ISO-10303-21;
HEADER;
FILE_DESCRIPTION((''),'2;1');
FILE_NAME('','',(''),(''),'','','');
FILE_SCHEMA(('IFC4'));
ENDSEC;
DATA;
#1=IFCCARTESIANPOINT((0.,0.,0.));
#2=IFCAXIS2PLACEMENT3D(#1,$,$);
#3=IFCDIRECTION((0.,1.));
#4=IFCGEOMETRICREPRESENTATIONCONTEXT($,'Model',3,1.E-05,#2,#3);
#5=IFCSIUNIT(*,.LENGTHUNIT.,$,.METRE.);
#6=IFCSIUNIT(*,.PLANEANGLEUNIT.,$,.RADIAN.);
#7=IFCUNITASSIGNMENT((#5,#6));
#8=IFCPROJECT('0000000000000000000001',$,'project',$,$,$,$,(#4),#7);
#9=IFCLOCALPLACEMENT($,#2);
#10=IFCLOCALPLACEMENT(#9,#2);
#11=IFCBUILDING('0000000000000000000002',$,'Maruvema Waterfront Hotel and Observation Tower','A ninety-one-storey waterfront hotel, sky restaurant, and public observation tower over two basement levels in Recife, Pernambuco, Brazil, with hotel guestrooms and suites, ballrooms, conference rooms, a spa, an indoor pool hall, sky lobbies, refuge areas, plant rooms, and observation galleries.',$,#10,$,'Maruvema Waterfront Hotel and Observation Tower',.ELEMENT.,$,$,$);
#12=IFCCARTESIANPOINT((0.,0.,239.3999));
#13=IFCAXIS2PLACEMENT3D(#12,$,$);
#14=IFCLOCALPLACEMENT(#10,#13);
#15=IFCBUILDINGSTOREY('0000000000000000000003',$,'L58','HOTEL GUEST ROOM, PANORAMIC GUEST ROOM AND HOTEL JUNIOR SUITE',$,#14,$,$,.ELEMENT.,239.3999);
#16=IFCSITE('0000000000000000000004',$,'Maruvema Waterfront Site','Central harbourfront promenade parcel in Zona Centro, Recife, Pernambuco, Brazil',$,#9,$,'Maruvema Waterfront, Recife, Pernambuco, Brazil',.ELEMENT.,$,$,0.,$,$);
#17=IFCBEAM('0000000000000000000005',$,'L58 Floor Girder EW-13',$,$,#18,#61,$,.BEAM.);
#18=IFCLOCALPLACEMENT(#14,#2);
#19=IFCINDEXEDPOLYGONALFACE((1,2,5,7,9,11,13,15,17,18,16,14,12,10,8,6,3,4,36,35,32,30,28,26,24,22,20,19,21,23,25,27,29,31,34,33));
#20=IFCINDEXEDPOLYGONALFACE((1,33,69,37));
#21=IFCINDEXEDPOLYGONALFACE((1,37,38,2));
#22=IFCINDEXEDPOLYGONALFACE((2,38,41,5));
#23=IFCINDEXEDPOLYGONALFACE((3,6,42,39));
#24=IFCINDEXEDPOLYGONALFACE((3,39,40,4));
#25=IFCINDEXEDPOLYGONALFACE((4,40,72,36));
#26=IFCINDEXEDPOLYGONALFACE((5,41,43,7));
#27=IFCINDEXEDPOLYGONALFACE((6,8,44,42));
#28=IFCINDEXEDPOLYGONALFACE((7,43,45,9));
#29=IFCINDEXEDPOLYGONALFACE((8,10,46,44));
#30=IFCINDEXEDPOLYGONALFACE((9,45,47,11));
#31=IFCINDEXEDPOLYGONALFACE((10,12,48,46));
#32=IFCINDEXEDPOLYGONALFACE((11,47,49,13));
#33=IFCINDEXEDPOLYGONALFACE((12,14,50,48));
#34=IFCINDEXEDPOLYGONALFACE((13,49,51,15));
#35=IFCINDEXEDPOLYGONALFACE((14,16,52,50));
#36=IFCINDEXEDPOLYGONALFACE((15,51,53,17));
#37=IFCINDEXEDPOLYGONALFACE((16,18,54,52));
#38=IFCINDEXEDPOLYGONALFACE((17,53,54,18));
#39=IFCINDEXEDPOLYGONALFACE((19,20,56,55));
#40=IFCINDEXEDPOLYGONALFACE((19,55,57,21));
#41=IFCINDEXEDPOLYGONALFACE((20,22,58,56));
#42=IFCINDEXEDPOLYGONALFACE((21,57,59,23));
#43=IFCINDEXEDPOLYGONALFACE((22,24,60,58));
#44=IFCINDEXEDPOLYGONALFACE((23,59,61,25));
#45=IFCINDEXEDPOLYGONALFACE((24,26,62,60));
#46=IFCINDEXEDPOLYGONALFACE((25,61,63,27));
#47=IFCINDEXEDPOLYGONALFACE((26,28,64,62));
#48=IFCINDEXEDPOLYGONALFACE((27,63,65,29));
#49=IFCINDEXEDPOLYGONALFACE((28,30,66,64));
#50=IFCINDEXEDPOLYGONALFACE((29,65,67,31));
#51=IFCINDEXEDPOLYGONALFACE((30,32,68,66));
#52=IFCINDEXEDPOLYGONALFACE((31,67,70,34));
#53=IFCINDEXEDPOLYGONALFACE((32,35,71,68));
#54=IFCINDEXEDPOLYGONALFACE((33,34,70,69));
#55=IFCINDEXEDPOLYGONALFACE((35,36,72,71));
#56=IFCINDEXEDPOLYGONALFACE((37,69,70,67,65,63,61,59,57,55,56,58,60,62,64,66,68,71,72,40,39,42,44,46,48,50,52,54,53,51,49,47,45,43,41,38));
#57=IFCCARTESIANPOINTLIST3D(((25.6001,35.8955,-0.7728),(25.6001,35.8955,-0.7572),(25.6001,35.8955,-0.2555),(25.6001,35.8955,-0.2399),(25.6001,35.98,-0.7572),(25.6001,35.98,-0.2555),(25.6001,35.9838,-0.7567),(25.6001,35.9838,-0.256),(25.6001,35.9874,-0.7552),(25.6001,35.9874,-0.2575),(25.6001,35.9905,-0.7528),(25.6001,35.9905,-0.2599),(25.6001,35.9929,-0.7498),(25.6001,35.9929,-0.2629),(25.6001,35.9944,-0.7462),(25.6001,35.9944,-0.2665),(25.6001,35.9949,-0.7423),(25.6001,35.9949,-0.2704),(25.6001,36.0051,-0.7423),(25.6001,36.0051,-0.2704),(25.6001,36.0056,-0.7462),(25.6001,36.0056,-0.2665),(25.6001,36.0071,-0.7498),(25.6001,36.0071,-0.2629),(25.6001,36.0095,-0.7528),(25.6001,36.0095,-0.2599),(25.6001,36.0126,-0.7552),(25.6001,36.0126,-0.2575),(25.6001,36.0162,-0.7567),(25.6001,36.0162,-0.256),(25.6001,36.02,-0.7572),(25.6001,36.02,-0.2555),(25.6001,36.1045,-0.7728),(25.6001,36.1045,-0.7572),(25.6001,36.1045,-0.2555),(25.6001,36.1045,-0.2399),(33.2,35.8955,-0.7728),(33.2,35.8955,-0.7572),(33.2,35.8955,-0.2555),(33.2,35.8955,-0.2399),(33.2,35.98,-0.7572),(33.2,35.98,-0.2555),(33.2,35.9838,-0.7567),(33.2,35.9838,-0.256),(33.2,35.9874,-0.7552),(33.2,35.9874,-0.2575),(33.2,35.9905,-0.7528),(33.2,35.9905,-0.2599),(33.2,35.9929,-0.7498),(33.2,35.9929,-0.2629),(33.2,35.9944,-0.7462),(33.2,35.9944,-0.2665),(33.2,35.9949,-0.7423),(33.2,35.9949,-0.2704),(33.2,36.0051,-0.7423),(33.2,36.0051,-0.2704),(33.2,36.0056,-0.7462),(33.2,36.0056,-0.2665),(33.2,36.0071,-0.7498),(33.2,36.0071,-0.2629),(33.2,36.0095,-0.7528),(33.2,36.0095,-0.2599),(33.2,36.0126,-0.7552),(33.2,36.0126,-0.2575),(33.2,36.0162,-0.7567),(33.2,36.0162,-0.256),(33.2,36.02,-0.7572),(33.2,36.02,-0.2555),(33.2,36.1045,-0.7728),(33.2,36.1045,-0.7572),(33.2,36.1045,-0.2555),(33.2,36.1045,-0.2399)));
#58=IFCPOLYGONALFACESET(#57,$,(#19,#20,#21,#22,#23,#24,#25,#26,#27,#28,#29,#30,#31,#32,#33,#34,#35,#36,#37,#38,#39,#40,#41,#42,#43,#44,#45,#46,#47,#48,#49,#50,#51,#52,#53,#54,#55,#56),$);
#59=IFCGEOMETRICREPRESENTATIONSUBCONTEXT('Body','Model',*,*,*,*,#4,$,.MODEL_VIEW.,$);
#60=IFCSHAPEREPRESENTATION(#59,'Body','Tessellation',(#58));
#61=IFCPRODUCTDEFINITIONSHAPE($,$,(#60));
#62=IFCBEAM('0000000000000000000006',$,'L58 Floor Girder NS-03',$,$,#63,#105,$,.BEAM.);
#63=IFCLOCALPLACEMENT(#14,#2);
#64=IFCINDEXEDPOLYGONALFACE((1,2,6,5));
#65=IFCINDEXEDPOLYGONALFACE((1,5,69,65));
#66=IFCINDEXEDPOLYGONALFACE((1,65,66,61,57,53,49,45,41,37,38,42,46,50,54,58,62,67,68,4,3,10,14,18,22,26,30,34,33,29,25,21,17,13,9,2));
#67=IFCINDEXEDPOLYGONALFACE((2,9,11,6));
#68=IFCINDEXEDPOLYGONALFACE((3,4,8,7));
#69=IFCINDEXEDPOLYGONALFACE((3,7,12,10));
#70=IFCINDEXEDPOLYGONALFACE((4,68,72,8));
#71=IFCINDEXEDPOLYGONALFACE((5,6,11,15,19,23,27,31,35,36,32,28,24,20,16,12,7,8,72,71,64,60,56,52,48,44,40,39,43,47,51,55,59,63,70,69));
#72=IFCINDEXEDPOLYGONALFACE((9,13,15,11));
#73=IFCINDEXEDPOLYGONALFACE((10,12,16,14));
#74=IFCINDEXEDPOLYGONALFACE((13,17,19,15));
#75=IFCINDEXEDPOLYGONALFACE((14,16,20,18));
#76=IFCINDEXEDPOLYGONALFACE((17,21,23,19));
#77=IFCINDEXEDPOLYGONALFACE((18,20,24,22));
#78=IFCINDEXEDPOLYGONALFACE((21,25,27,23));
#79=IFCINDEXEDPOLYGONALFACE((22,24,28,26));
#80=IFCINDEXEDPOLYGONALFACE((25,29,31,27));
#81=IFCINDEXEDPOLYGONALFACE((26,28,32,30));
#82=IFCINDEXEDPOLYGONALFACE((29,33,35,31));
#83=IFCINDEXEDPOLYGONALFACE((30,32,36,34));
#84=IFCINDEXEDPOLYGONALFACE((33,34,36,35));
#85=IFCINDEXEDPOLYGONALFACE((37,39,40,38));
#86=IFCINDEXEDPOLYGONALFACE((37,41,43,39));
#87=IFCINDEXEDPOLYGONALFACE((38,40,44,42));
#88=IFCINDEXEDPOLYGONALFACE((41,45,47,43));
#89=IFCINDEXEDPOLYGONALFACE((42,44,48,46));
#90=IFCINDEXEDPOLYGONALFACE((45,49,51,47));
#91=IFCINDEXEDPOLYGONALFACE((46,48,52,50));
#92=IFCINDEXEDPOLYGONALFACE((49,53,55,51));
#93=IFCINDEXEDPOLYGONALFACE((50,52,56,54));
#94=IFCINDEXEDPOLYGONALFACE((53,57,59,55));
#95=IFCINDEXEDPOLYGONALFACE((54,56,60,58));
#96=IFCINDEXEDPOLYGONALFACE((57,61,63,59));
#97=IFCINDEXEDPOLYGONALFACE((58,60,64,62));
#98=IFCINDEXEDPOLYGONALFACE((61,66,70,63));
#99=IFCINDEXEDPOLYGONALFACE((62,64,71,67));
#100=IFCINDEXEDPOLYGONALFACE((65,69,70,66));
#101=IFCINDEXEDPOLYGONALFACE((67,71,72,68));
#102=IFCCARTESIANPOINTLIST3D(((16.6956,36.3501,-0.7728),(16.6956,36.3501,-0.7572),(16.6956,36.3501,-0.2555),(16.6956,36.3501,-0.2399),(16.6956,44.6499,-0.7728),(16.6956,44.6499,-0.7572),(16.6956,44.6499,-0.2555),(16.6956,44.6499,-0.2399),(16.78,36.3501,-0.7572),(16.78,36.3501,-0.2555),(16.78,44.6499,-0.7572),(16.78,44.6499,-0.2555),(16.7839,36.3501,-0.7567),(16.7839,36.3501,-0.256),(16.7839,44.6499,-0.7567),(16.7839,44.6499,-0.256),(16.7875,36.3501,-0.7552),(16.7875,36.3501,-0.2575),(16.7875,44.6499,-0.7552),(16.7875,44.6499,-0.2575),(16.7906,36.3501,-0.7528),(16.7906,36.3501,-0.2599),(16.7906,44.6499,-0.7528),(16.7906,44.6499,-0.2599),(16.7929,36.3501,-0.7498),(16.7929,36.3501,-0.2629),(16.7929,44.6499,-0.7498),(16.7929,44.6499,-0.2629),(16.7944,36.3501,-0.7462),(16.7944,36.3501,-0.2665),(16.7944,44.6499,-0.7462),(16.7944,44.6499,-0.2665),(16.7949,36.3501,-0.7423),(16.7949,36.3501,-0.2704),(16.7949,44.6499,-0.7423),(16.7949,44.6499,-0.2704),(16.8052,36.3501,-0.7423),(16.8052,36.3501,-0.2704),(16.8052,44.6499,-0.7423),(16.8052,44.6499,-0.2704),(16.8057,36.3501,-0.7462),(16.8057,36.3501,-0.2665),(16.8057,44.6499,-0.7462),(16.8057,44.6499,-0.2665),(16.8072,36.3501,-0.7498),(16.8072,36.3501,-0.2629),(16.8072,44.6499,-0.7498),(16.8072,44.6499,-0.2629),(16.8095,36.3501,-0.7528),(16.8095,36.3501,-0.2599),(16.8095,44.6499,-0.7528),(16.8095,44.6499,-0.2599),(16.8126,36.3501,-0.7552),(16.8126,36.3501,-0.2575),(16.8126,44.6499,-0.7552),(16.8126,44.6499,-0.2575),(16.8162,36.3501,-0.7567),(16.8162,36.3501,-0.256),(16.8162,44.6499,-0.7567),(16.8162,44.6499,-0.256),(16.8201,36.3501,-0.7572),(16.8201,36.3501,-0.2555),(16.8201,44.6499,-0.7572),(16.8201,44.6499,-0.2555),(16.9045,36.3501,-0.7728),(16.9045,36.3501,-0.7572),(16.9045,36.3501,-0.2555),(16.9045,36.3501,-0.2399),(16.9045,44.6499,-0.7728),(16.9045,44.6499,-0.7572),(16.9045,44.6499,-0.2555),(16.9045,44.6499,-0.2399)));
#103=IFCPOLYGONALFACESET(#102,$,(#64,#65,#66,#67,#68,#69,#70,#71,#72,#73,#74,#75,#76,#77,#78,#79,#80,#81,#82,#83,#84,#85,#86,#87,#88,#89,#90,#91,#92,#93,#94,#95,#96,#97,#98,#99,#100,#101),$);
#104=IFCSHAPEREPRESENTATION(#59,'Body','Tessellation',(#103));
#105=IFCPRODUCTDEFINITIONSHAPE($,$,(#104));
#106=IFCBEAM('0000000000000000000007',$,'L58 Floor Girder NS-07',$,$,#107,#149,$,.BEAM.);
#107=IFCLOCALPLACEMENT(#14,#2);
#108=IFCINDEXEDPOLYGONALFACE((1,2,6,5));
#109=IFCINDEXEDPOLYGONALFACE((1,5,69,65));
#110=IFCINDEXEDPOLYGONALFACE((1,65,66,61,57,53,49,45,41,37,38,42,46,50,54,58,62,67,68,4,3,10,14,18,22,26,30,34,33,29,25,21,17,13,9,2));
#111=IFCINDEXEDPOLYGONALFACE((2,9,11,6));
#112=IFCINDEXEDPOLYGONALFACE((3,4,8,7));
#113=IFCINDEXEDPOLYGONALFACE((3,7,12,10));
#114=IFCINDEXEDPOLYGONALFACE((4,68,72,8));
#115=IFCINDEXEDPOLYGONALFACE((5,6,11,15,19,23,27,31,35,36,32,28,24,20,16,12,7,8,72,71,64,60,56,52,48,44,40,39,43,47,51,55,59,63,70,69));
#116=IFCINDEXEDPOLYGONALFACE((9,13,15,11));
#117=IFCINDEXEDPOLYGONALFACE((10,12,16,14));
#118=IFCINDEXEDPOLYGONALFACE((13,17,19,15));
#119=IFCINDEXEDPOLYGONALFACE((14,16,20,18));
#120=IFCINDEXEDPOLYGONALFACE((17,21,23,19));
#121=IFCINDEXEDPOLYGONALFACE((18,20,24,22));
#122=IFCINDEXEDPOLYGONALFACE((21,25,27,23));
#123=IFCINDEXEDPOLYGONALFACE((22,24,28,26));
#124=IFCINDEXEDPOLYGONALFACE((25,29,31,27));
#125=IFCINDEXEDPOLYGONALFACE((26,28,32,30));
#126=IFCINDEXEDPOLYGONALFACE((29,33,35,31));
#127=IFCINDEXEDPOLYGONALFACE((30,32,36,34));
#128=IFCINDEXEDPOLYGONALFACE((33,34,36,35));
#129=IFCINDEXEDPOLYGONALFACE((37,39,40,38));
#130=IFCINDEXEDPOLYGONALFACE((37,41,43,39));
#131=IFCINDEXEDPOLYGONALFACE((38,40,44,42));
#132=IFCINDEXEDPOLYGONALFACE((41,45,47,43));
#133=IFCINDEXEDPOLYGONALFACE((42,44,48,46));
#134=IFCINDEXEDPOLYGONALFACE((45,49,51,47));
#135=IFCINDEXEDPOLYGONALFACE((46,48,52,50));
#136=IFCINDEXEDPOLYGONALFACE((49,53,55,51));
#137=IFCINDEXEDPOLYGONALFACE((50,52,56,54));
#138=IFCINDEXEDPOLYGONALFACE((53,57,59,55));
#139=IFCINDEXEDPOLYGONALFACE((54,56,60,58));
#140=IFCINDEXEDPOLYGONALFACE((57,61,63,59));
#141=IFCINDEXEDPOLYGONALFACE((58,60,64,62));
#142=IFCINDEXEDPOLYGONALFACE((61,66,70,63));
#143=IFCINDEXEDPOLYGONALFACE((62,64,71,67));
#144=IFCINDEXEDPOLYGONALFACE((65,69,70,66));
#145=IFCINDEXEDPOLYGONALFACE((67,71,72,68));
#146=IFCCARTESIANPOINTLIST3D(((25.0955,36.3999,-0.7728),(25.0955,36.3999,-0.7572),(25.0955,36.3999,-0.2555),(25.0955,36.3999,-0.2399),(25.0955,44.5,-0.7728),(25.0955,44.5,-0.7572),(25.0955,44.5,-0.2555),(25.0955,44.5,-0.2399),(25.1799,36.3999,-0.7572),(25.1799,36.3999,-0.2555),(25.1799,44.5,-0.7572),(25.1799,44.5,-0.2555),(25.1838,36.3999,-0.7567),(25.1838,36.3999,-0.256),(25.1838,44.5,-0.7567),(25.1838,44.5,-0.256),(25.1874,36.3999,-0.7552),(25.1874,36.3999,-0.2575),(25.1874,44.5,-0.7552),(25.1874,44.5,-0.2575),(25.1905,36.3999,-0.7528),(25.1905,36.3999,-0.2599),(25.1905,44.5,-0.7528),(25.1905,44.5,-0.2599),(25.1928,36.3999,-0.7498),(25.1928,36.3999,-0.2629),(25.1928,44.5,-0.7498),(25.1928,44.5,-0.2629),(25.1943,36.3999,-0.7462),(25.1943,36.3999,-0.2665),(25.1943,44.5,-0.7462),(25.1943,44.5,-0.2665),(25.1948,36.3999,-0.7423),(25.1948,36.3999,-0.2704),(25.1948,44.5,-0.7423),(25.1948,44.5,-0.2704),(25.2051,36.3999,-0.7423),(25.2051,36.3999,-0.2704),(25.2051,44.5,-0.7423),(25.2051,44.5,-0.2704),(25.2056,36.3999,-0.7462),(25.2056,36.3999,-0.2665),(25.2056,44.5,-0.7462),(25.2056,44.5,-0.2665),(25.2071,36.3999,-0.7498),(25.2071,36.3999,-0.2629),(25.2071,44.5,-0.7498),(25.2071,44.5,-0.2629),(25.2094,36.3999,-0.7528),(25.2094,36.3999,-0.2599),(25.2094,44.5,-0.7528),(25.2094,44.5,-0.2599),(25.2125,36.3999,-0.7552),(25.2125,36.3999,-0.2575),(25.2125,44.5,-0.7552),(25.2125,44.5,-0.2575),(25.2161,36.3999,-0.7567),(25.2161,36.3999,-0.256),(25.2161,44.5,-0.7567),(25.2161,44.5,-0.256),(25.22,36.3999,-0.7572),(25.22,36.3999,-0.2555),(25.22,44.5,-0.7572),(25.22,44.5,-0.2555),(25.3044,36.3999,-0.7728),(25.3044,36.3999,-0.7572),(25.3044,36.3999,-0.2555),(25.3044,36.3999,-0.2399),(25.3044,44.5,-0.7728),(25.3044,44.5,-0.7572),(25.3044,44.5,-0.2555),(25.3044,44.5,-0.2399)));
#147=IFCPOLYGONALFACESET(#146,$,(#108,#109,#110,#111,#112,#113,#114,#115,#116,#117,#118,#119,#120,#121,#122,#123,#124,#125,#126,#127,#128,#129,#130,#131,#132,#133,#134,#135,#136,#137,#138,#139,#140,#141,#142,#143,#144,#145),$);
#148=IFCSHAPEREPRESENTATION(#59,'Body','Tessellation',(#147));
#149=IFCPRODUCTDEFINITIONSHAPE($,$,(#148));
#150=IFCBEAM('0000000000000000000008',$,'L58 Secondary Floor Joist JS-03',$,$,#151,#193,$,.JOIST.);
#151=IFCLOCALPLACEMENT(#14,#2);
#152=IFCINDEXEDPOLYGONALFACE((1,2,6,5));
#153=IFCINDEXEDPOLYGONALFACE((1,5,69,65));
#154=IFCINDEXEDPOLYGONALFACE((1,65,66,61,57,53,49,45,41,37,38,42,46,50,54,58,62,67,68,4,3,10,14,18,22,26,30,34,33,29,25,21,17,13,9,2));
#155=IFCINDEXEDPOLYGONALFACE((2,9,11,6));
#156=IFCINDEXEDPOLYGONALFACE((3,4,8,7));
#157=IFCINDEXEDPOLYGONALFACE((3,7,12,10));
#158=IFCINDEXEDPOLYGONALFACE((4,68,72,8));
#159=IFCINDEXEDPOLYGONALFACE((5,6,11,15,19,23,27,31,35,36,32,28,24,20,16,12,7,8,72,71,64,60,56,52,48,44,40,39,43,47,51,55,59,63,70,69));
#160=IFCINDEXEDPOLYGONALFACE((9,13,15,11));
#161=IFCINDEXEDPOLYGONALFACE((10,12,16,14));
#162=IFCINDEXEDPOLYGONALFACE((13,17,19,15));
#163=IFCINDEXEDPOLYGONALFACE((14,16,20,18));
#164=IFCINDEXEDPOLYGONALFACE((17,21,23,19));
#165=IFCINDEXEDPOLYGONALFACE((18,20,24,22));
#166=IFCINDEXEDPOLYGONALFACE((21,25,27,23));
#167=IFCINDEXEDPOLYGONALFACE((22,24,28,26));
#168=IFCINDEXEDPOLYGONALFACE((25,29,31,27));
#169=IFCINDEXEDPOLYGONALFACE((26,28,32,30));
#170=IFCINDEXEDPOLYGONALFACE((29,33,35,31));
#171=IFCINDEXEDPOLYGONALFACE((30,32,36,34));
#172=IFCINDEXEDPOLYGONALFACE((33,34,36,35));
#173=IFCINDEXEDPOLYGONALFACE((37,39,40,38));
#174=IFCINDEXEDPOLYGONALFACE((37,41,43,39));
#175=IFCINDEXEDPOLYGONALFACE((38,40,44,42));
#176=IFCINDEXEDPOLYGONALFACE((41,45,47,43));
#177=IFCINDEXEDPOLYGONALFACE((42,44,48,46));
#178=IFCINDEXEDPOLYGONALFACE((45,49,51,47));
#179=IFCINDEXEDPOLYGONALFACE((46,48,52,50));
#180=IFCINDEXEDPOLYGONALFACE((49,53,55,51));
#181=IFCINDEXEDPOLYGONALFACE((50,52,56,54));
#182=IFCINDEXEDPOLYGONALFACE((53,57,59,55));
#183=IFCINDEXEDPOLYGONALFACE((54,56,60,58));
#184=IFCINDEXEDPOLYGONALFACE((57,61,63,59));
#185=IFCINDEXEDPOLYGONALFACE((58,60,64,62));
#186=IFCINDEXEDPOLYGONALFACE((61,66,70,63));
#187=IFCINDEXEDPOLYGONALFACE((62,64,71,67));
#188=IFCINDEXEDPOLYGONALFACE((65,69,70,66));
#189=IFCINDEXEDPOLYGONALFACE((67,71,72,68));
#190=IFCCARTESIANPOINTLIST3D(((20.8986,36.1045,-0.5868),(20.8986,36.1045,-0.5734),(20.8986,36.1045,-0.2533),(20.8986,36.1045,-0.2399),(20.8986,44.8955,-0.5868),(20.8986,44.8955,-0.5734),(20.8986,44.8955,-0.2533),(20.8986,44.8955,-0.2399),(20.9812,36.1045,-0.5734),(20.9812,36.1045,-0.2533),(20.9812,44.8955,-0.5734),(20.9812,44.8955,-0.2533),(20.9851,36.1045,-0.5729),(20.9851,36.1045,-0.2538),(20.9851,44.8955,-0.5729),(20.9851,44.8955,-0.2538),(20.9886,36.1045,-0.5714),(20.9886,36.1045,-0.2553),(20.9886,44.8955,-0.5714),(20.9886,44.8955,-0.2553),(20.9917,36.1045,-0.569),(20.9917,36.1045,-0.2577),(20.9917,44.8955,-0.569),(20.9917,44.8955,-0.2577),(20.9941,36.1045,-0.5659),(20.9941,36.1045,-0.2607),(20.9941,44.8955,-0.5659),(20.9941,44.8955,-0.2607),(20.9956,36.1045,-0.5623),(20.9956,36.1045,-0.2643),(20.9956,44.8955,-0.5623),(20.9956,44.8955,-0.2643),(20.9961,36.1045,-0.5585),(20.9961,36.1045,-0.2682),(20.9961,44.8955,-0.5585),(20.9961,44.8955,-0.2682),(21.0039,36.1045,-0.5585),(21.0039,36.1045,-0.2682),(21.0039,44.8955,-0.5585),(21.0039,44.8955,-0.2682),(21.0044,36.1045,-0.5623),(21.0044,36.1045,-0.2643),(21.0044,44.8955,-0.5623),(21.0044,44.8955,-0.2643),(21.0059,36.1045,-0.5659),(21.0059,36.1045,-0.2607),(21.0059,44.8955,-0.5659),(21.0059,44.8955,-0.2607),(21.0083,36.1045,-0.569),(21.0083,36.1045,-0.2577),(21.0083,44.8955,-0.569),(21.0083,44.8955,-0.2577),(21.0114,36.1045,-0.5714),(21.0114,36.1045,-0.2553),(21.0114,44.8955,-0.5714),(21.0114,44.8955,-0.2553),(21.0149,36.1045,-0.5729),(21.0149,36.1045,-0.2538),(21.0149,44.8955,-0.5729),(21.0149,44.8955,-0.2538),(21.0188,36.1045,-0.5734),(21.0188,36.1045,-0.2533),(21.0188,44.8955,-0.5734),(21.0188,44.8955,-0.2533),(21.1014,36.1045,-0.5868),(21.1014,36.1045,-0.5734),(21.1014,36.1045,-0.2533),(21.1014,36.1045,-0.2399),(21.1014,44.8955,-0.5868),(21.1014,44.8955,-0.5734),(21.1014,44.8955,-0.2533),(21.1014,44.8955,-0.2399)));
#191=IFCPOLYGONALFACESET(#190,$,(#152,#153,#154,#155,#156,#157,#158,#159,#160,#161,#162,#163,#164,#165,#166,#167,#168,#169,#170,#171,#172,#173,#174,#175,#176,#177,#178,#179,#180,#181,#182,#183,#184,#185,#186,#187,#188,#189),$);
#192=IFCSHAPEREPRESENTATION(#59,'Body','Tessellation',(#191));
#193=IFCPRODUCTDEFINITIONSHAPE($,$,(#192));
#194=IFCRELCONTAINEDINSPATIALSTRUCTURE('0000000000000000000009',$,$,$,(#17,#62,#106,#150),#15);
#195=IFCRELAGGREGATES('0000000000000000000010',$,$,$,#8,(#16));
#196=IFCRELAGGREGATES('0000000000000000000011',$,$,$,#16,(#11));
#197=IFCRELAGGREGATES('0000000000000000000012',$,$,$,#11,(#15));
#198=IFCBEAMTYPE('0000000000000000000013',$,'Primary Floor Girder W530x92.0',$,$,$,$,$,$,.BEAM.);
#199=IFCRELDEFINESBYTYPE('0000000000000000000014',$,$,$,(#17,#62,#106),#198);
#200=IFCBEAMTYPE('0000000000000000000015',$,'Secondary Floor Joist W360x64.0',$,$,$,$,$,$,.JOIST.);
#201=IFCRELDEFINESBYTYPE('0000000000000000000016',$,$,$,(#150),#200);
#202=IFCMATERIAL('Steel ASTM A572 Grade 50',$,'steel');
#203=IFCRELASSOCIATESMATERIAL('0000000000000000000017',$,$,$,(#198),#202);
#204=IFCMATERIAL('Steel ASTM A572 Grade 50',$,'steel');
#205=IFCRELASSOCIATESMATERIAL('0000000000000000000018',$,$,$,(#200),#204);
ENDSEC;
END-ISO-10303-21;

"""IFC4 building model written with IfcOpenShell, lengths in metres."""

from ifc_helpers import new_model, si_unit, direction, frame, origin, origin_2d, place, context, subcontext, project, spatial, i_section, extrude, material, material_profile, profile_set, type_object, element, save


model = new_model("IFC4")

# Units and contexts
model_context = context("Model", 3, precision=1e-05, world=origin(), true_north=direction((0.0, 1.0)))
body_context = subcontext(model_context, "Body", "Model", "MODEL_VIEW")
ifc_project = project(units=[si_unit("LENGTHUNIT", "METRE"), si_unit("PLANEANGLEUNIT", "RADIAN")], contexts=[model_context])

# Site, building, storey
site_placement = place(None, origin())
site = spatial("IfcSite", under=ifc_project, at=site_placement, Name="Maruvema Waterfront Site", Description="Central harbourfront promenade parcel in Zona Centro, Recife, Pernambuco, Brazil", LongName="Maruvema Waterfront, Recife, Pernambuco, Brazil", CompositionType="ELEMENT", RefElevation=0.0)
building_placement = place(site_placement, origin())
building = spatial("IfcBuilding", under=site, at=building_placement, Name="Maruvema Waterfront Hotel and Observation Tower", Description="A ninety-one-storey waterfront hotel, sky restaurant, and public observation tower over two basement levels in Recife, Pernambuco, Brazil, with hotel guestrooms and suites, ballrooms, conference rooms, a spa, an indoor pool hall, sky lobbies, refuge areas, plant rooms, and observation galleries.", LongName="Maruvema Waterfront Hotel and Observation Tower", CompositionType="ELEMENT")
storey_placement = place(building_placement, frame((0.0, 0.0, 239.3999)))
storey = spatial("IfcBuildingStorey", under=building, at=storey_placement, Name="L58", Description="HOTEL GUEST ROOM, PANORAMIC GUEST ROOM AND HOTEL JUNIOR SUITE", CompositionType="ELEMENT", Elevation=239.3999)

# Beams
ifc_material_1 = material(Name="Steel ASTM A572 Grade 50", Category="steel")
ifc_material_profile_1 = material_profile(ifc_material_1, i_section(OverallWidth=0.209, OverallDepth=0.533, WebThickness=0.0103, FlangeThickness=0.0156, FilletRadius=0.0149, at=origin_2d()), Name="W530x92.0")
ifc_profile_set_1 = profile_set([ifc_material_profile_1], Name="Steel ASTM A572 Grade 50")
beam_type_1 = type_object("IfcBeamType", Name="Primary Floor Girder W530x92.0", PredefinedType="BEAM", material=ifc_profile_set_1)
beam_1_placement = place(storey_placement, frame((25.6001, 36.0, -0.5063), z_axis=(1.0, 0.0, 0.0), x_axis=(0.0, 1.0, 0.0)))
element("IfcBeam", 1, at=beam_1_placement, inside=storey, type_object=beam_type_1, Name="L58 Floor Girder EW-13", PredefinedType="BEAM", context=body_context, shape_type="SweptSolid", body=[
    extrude(i_section(OverallWidth=0.209, OverallDepth=0.533, WebThickness=0.0103, FlangeThickness=0.0156, FilletRadius=0.0149, at=origin_2d()), origin(), (0.0, 0.0, 1.0), 7.5999),
])
beam_2_placement = place(storey_placement, frame((16.8, 36.3501, -0.5063), z_axis=(0.0, 1.0, 0.0), x_axis=(-1.0, 0.0, 0.0)))
element("IfcBeam", 2, at=beam_2_placement, inside=storey, type_object=beam_type_1, Name="L58 Floor Girder NS-03", PredefinedType="BEAM", context=body_context, shape_type="SweptSolid", body=[
    extrude(i_section(OverallWidth=0.209, OverallDepth=0.533, WebThickness=0.0103, FlangeThickness=0.0156, FilletRadius=0.0149, at=origin_2d()), origin(), (0.0, 0.0, 1.0), 8.2998),
])
beam_3_placement = place(storey_placement, frame((25.2, 36.3999, -0.5063), z_axis=(0.0, 1.0, 0.0), x_axis=(-1.0, 0.0, 0.0)))
element("IfcBeam", 3, at=beam_3_placement, inside=storey, type_object=beam_type_1, Name="L58 Floor Girder NS-07", PredefinedType="BEAM", context=body_context, shape_type="SweptSolid", body=[
    extrude(i_section(OverallWidth=0.209, OverallDepth=0.533, WebThickness=0.0103, FlangeThickness=0.0156, FilletRadius=0.0149, at=origin_2d()), origin(), (0.0, 0.0, 1.0), 8.1001),
])
ifc_material_2 = material(Name="Steel ASTM A572 Grade 50", Category="steel")
ifc_material_profile_2 = material_profile(ifc_material_2, i_section(OverallWidth=0.2029, OverallDepth=0.3469, WebThickness=0.0078, FlangeThickness=0.0134, FilletRadius=0.0149, at=origin_2d()), Name="W360x64.0")
ifc_profile_set_2 = profile_set([ifc_material_profile_2], Name="Steel ASTM A572 Grade 50")
beam_type_2 = type_object("IfcBeamType", Name="Secondary Floor Joist W360x64.0", PredefinedType="JOIST", material=ifc_profile_set_2)
beam_4_placement = place(storey_placement, frame((21.0, 36.1045, -0.4133), z_axis=(0.0, 1.0, 0.0), x_axis=(-1.0, 0.0, 0.0)))
element("IfcBeam", 4, at=beam_4_placement, inside=storey, type_object=beam_type_2, Name="L58 Secondary Floor Joist JS-03", PredefinedType="JOIST", context=body_context, shape_type="SweptSolid", body=[
    extrude(i_section(OverallWidth=0.2029, OverallDepth=0.3469, WebThickness=0.0078, FlangeThickness=0.0134, FilletRadius=0.0149, at=origin_2d()), origin(), (0.0, 0.0, 1.0), 8.791),
])

save(model, "model.ifc")
